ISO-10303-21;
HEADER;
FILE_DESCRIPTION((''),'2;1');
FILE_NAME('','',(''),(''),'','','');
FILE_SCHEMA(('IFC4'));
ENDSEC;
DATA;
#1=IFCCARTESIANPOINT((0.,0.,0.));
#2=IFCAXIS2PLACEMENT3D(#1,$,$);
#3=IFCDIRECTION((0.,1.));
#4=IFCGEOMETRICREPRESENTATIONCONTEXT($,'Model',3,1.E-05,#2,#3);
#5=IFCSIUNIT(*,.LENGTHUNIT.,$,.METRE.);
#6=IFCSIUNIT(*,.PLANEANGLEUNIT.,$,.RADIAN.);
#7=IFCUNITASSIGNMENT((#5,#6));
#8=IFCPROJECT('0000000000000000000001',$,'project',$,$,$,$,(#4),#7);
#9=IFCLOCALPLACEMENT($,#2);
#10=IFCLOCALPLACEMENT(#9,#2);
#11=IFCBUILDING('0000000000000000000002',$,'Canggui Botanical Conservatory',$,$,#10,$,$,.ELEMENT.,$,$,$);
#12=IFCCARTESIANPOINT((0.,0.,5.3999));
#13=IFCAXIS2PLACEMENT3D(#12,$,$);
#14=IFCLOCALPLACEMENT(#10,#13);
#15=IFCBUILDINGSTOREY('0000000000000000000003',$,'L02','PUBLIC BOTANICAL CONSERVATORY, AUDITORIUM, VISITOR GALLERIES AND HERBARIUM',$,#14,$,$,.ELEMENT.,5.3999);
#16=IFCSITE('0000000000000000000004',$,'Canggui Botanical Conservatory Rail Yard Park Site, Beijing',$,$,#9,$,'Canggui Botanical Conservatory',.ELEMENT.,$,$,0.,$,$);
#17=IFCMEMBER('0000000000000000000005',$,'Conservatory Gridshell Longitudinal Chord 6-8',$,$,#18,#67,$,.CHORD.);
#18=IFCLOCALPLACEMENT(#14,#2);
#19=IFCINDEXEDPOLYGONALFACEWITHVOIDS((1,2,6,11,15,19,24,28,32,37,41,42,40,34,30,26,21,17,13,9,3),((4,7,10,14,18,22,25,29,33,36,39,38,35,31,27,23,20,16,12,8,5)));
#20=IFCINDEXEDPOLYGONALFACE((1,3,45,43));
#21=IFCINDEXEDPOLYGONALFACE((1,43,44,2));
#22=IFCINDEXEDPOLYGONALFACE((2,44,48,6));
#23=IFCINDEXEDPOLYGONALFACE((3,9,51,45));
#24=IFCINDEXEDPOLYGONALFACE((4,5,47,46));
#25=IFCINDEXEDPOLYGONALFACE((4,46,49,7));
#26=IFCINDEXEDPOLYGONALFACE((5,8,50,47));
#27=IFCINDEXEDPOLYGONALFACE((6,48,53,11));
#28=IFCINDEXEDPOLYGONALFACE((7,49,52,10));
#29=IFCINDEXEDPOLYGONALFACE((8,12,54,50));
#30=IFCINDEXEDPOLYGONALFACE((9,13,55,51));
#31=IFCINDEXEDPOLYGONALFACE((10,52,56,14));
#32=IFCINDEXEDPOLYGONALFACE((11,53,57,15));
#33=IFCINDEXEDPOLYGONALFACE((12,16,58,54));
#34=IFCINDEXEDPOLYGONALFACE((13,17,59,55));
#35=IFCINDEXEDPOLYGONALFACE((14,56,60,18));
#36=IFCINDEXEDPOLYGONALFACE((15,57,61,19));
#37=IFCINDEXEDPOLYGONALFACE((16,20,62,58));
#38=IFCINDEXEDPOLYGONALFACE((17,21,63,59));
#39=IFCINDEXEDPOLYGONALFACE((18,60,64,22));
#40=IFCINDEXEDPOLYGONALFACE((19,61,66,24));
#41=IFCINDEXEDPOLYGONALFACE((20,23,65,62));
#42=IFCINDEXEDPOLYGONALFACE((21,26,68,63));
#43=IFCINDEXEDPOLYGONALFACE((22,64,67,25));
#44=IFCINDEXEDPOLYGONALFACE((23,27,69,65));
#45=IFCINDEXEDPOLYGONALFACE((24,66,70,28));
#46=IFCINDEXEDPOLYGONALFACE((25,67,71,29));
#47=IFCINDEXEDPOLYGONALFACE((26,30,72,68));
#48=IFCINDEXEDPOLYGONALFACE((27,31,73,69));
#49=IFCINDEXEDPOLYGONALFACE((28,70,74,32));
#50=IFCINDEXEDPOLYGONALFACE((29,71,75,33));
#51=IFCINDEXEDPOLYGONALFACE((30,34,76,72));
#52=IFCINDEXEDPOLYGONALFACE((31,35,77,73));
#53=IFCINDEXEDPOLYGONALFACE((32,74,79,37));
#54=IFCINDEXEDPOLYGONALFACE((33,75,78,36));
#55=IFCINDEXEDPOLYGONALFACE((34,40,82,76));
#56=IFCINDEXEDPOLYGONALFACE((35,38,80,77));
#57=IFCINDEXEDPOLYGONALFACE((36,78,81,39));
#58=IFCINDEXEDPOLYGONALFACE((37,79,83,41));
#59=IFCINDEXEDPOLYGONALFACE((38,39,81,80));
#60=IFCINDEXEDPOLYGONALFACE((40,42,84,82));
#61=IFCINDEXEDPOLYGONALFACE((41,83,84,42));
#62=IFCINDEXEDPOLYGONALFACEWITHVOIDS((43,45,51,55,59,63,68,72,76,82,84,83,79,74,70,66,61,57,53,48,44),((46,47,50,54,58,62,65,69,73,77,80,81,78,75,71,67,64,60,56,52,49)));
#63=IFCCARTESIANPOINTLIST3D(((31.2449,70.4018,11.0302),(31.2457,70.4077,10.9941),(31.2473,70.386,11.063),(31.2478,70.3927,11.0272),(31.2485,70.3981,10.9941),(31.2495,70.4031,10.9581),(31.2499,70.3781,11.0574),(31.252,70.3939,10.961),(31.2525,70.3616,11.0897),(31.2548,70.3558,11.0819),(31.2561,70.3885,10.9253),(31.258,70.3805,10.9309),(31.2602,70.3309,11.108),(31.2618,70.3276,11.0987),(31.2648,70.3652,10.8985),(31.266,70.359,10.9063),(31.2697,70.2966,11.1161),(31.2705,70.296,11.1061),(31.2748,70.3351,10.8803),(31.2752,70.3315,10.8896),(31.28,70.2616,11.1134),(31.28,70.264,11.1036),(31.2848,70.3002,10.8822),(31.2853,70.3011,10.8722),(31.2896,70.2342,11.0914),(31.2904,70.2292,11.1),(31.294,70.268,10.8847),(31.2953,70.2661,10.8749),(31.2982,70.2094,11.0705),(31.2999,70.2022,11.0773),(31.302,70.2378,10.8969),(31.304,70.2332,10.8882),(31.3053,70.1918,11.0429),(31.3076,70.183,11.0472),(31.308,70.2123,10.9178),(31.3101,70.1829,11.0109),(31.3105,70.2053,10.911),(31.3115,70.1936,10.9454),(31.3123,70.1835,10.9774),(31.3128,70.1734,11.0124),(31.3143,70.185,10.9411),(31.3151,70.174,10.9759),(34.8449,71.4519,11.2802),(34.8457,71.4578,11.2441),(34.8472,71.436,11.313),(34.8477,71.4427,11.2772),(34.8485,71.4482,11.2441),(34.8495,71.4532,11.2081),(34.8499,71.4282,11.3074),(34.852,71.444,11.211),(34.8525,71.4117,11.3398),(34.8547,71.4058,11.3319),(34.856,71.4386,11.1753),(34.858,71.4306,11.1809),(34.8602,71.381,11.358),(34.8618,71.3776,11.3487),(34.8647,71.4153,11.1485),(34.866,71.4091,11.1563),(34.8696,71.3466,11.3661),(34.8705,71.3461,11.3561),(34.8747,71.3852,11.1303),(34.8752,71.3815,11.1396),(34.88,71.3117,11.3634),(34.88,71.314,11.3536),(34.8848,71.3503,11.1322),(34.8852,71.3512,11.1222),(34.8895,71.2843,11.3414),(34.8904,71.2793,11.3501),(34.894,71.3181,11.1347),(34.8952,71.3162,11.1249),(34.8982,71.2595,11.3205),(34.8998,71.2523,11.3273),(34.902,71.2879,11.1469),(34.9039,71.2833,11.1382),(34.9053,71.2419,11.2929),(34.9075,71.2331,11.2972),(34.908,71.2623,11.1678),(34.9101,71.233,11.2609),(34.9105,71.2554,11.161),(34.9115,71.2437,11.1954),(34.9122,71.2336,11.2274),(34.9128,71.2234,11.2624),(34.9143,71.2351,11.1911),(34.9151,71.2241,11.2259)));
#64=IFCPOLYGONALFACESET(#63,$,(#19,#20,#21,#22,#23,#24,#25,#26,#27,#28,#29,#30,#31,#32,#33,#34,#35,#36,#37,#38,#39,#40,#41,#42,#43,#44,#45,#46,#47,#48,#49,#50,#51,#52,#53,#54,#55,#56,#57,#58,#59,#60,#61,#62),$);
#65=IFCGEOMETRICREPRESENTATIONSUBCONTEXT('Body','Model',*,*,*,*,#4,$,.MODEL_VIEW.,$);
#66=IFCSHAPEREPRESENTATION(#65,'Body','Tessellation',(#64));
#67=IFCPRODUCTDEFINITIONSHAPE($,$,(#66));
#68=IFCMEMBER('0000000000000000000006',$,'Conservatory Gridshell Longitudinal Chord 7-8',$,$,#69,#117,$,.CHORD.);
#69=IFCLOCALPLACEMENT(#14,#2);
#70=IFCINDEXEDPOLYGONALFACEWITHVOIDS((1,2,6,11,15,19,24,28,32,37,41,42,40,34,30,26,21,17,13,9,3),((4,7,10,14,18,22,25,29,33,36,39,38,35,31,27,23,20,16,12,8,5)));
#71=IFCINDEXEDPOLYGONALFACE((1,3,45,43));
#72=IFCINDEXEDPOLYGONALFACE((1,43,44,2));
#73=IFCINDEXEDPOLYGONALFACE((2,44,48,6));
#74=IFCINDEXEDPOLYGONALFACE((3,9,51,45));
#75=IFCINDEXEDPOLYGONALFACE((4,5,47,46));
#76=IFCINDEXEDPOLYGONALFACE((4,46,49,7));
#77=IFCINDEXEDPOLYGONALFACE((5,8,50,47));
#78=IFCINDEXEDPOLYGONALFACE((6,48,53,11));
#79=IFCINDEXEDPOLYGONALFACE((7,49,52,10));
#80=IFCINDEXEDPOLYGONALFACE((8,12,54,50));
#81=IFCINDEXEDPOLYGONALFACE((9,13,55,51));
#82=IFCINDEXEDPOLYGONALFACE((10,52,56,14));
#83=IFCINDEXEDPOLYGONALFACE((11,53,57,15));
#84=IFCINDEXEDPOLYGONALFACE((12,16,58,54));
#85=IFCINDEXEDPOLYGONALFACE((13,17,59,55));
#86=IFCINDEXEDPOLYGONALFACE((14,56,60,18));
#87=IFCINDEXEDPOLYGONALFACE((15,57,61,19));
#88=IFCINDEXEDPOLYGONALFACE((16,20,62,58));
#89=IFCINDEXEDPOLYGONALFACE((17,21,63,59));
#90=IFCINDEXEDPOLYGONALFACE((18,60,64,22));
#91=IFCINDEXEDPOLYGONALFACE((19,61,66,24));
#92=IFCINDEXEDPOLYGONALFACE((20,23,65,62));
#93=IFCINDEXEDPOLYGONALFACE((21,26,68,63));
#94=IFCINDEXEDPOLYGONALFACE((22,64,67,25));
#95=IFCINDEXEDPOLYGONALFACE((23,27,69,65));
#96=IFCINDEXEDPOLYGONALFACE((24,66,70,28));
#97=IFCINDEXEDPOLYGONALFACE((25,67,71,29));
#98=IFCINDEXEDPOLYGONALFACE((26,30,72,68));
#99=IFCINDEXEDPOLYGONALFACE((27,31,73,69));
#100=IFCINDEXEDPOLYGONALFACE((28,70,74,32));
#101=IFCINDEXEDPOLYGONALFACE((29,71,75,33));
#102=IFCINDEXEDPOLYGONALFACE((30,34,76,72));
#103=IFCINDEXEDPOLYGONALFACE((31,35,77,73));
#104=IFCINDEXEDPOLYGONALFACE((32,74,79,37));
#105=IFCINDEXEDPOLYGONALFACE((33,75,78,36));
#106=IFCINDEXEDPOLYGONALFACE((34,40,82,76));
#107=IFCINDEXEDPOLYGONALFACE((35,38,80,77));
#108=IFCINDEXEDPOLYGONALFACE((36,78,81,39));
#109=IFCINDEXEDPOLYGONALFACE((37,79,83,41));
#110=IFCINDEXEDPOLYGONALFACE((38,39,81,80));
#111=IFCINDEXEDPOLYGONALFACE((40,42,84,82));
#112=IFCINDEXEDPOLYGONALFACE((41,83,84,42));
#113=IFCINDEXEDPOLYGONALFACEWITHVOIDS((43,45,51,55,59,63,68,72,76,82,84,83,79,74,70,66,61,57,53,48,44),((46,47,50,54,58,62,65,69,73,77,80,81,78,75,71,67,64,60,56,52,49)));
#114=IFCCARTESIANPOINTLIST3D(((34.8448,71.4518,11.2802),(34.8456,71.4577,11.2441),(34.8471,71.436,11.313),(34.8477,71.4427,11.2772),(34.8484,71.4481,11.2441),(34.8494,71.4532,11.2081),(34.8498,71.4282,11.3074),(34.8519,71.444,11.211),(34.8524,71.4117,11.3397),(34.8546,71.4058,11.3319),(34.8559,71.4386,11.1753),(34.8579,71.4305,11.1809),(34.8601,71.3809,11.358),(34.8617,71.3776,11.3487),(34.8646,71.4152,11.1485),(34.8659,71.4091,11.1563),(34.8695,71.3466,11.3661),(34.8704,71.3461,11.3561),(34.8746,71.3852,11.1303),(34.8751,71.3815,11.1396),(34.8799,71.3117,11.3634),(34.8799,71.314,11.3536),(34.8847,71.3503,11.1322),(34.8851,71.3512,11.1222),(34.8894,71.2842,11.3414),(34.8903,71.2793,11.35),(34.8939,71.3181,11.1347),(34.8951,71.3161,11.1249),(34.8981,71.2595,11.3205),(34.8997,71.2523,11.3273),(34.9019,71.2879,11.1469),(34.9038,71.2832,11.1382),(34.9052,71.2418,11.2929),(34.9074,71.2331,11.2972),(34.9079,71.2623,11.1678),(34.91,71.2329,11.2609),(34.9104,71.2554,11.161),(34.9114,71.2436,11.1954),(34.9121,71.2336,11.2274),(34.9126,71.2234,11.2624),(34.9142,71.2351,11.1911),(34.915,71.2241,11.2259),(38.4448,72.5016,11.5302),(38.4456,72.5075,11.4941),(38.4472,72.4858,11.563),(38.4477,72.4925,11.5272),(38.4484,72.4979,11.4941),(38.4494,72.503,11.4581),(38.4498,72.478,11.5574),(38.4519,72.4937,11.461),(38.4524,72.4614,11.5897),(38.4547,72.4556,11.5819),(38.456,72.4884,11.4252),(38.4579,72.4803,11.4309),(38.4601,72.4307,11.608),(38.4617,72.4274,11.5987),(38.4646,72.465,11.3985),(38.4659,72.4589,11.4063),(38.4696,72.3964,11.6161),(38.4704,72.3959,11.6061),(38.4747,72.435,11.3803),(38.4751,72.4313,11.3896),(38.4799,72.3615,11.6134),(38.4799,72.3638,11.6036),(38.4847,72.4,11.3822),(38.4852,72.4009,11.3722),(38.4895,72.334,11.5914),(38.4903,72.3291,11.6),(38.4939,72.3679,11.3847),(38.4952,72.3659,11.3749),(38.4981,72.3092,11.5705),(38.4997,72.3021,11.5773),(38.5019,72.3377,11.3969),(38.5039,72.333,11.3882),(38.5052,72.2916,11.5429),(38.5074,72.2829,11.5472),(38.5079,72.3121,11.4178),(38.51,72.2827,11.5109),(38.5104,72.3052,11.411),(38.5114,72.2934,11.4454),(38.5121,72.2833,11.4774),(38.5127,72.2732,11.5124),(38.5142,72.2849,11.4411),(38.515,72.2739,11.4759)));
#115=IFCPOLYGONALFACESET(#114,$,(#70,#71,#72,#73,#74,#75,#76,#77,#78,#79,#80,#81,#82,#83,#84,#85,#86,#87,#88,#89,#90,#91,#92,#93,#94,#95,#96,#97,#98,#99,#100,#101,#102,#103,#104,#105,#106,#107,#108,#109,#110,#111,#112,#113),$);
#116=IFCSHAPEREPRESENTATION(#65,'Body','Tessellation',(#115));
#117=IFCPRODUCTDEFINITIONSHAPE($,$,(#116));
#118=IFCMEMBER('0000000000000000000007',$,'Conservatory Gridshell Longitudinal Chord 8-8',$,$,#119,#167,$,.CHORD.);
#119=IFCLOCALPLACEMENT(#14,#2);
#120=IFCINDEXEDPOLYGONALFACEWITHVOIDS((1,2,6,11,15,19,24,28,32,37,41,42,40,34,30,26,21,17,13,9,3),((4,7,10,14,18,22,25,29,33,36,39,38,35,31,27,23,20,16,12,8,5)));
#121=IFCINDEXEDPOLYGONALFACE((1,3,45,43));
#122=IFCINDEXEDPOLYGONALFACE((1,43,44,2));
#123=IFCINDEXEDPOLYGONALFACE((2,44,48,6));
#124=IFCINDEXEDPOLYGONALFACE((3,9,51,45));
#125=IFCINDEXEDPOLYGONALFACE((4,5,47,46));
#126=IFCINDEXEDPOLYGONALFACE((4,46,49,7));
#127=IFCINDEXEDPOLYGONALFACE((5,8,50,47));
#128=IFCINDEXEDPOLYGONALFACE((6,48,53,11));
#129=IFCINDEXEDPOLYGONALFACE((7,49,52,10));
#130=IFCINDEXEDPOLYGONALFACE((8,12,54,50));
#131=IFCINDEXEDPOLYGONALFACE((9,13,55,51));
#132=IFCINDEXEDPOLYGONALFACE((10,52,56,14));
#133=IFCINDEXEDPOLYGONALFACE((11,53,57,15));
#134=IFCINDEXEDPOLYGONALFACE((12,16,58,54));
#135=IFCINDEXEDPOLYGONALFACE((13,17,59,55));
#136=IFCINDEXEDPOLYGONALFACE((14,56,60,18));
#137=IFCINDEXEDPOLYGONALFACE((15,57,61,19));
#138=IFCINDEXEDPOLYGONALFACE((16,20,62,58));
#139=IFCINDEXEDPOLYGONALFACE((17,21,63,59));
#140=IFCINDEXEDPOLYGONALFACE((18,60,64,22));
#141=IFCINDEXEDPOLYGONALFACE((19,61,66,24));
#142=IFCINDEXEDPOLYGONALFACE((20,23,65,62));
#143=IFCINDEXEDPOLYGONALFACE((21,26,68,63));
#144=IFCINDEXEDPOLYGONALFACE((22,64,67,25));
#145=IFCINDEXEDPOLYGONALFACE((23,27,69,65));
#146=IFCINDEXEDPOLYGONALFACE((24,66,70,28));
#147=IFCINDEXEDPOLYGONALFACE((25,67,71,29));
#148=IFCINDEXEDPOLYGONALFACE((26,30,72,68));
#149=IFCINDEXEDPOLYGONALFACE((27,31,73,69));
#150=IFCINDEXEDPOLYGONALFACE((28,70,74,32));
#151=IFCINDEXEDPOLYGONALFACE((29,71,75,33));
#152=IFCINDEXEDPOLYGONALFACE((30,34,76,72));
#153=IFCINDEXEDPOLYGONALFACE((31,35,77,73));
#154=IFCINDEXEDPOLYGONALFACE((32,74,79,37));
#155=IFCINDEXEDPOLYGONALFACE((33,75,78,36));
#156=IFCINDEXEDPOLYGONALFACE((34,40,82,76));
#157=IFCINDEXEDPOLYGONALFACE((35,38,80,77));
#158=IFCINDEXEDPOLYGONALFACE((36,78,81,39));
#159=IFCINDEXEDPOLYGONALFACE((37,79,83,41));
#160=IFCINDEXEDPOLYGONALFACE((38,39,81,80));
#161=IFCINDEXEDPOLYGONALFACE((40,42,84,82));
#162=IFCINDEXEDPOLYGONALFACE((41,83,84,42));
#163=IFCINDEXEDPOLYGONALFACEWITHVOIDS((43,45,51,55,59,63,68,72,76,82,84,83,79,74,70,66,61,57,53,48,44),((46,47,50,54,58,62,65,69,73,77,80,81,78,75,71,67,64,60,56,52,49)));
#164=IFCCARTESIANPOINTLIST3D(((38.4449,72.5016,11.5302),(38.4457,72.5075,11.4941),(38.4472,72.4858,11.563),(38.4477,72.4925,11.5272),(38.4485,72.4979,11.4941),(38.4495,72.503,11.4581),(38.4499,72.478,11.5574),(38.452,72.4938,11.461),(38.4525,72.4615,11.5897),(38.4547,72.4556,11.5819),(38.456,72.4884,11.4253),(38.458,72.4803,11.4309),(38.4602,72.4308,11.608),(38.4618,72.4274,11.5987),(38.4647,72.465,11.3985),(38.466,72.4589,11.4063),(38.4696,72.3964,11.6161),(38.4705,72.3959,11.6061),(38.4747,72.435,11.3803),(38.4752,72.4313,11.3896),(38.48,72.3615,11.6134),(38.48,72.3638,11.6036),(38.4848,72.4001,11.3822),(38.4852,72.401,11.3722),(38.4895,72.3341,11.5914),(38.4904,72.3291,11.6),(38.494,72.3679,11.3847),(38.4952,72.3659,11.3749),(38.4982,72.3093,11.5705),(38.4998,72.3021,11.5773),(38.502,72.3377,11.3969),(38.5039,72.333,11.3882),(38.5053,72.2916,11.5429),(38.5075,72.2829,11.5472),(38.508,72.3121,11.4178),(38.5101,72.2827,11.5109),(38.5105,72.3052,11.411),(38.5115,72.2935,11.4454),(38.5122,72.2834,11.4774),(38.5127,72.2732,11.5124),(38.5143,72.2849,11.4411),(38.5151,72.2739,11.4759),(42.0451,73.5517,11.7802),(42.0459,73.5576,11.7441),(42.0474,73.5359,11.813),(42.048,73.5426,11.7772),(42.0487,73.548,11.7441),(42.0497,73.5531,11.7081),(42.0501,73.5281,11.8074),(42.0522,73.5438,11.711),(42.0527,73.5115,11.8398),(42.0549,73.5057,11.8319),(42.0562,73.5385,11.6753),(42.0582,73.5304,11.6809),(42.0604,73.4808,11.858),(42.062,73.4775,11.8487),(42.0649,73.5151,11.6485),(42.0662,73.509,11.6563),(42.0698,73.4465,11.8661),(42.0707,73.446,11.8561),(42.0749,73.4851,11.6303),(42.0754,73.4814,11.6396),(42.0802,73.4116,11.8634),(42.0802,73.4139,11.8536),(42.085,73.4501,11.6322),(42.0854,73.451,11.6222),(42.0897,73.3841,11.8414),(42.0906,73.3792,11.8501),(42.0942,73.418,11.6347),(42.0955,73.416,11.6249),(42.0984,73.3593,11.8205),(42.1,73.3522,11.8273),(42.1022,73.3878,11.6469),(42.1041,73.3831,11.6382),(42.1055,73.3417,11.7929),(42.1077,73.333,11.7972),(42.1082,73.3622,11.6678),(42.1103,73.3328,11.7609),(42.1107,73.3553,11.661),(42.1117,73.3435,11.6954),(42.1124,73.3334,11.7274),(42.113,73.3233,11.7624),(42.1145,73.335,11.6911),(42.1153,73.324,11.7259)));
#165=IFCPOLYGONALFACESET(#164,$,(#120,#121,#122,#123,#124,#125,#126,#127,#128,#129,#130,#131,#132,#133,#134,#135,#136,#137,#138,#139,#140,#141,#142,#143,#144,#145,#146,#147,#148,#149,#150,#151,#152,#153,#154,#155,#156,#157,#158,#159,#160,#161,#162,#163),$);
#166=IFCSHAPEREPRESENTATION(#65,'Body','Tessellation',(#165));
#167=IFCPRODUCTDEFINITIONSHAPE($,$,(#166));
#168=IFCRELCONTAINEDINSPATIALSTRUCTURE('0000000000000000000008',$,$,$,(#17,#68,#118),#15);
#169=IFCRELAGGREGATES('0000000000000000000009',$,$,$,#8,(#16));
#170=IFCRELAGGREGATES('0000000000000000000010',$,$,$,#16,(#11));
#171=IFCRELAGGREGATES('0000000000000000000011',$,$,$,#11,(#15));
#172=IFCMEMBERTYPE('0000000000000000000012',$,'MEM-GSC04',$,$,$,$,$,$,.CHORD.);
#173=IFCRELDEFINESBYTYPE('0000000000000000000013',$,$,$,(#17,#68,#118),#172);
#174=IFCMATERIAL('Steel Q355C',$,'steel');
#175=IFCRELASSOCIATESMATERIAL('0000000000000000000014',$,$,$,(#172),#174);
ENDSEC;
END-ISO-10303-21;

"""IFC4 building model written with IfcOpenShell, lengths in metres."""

from ifc_helpers import new_model, si_unit, direction, frame, origin, origin_2d, place, context, subcontext, project, spatial, hollow_circle, extrude, material, material_profile, profile_set, type_object, element, save


model = new_model("IFC4")

# Units and contexts
model_context = context("Model", 3, precision=1e-05, world=origin(), true_north=direction((0.0, 1.0)))
body_context = subcontext(model_context, "Body", "Model", "MODEL_VIEW")
ifc_project = project(units=[si_unit("LENGTHUNIT", "METRE"), si_unit("PLANEANGLEUNIT", "RADIAN")], contexts=[model_context])

# Site, building, storey
site_placement = place(None, origin())
site = spatial("IfcSite", under=ifc_project, at=site_placement, Name="Canggui Botanical Conservatory Rail Yard Park Site, Beijing", LongName="Canggui Botanical Conservatory", CompositionType="ELEMENT", RefElevation=0.0)
building_placement = place(site_placement, origin())
building = spatial("IfcBuilding", under=site, at=building_placement, Name="Canggui Botanical Conservatory", CompositionType="ELEMENT")
storey_placement = place(building_placement, frame((0.0, 0.0, 5.3999)))
storey = spatial("IfcBuildingStorey", under=building, at=storey_placement, Name="L02", Description="PUBLIC BOTANICAL CONSERVATORY, AUDITORIUM, VISITOR GALLERIES AND HERBARIUM", CompositionType="ELEMENT", Elevation=5.3999)

# Shared definitions
ifc_material_1 = material(Name="Steel Q355C", Category="steel")

# Members
ifc_material_profile_1 = material_profile(ifc_material_1, hollow_circle(Radius=0.1226, WallThickness=0.01, at=origin_2d()), Name="CHS 245x10")
ifc_profile_set_1 = profile_set([ifc_material_profile_1], Name="Steel Q355C")
member_type_1 = type_object("IfcMemberType", Name="MEM-GSC04", PredefinedType="CHORD", material=ifc_profile_set_1)
for number, where, z_axis, x_axis, name in (
    (1, (31.28, 70.29, 10.9941), (0.957867, 0.279402, 0.066521), (-0.280023, 0.959993, 0.0), "Conservatory Gridshell Longitudinal Chord 6-8"),
    (2, (34.8799, 71.3401, 11.2441), (0.95789, 0.279325, 0.066518), (-0.279945, 0.960016, 0.0), "Conservatory Gridshell Longitudinal Chord 7-8"),
):
    element("IfcMember", number, at=place(storey_placement, frame(where, z_axis=z_axis, x_axis=x_axis)), inside=storey, type_object=member_type_1, Name=name, PredefinedType="CHORD", context=body_context, shape_type="SweptSolid", body=[
        extrude(hollow_circle(Radius=0.1226, WallThickness=0.01, at=origin_2d()), origin(), (0.0, 0.0, 1.0), 3.7583),
    ])
member_1_placement = place(storey_placement, frame((38.48, 72.3899, 11.4941), z_axis=(0.957872, 0.279385, 0.066517), x_axis=(-0.280005, 0.959999, 0.0)))
element("IfcMember", 3, at=member_1_placement, inside=storey, type_object=member_type_1, Name="Conservatory Gridshell Longitudinal Chord 8-8", PredefinedType="CHORD", context=body_context, shape_type="SweptSolid", body=[
    extrude(hollow_circle(Radius=0.1226, WallThickness=0.01, at=origin_2d()), origin(), (0.0, 0.0, 1.0), 3.7585),
])

save(model, "model.ifc")
